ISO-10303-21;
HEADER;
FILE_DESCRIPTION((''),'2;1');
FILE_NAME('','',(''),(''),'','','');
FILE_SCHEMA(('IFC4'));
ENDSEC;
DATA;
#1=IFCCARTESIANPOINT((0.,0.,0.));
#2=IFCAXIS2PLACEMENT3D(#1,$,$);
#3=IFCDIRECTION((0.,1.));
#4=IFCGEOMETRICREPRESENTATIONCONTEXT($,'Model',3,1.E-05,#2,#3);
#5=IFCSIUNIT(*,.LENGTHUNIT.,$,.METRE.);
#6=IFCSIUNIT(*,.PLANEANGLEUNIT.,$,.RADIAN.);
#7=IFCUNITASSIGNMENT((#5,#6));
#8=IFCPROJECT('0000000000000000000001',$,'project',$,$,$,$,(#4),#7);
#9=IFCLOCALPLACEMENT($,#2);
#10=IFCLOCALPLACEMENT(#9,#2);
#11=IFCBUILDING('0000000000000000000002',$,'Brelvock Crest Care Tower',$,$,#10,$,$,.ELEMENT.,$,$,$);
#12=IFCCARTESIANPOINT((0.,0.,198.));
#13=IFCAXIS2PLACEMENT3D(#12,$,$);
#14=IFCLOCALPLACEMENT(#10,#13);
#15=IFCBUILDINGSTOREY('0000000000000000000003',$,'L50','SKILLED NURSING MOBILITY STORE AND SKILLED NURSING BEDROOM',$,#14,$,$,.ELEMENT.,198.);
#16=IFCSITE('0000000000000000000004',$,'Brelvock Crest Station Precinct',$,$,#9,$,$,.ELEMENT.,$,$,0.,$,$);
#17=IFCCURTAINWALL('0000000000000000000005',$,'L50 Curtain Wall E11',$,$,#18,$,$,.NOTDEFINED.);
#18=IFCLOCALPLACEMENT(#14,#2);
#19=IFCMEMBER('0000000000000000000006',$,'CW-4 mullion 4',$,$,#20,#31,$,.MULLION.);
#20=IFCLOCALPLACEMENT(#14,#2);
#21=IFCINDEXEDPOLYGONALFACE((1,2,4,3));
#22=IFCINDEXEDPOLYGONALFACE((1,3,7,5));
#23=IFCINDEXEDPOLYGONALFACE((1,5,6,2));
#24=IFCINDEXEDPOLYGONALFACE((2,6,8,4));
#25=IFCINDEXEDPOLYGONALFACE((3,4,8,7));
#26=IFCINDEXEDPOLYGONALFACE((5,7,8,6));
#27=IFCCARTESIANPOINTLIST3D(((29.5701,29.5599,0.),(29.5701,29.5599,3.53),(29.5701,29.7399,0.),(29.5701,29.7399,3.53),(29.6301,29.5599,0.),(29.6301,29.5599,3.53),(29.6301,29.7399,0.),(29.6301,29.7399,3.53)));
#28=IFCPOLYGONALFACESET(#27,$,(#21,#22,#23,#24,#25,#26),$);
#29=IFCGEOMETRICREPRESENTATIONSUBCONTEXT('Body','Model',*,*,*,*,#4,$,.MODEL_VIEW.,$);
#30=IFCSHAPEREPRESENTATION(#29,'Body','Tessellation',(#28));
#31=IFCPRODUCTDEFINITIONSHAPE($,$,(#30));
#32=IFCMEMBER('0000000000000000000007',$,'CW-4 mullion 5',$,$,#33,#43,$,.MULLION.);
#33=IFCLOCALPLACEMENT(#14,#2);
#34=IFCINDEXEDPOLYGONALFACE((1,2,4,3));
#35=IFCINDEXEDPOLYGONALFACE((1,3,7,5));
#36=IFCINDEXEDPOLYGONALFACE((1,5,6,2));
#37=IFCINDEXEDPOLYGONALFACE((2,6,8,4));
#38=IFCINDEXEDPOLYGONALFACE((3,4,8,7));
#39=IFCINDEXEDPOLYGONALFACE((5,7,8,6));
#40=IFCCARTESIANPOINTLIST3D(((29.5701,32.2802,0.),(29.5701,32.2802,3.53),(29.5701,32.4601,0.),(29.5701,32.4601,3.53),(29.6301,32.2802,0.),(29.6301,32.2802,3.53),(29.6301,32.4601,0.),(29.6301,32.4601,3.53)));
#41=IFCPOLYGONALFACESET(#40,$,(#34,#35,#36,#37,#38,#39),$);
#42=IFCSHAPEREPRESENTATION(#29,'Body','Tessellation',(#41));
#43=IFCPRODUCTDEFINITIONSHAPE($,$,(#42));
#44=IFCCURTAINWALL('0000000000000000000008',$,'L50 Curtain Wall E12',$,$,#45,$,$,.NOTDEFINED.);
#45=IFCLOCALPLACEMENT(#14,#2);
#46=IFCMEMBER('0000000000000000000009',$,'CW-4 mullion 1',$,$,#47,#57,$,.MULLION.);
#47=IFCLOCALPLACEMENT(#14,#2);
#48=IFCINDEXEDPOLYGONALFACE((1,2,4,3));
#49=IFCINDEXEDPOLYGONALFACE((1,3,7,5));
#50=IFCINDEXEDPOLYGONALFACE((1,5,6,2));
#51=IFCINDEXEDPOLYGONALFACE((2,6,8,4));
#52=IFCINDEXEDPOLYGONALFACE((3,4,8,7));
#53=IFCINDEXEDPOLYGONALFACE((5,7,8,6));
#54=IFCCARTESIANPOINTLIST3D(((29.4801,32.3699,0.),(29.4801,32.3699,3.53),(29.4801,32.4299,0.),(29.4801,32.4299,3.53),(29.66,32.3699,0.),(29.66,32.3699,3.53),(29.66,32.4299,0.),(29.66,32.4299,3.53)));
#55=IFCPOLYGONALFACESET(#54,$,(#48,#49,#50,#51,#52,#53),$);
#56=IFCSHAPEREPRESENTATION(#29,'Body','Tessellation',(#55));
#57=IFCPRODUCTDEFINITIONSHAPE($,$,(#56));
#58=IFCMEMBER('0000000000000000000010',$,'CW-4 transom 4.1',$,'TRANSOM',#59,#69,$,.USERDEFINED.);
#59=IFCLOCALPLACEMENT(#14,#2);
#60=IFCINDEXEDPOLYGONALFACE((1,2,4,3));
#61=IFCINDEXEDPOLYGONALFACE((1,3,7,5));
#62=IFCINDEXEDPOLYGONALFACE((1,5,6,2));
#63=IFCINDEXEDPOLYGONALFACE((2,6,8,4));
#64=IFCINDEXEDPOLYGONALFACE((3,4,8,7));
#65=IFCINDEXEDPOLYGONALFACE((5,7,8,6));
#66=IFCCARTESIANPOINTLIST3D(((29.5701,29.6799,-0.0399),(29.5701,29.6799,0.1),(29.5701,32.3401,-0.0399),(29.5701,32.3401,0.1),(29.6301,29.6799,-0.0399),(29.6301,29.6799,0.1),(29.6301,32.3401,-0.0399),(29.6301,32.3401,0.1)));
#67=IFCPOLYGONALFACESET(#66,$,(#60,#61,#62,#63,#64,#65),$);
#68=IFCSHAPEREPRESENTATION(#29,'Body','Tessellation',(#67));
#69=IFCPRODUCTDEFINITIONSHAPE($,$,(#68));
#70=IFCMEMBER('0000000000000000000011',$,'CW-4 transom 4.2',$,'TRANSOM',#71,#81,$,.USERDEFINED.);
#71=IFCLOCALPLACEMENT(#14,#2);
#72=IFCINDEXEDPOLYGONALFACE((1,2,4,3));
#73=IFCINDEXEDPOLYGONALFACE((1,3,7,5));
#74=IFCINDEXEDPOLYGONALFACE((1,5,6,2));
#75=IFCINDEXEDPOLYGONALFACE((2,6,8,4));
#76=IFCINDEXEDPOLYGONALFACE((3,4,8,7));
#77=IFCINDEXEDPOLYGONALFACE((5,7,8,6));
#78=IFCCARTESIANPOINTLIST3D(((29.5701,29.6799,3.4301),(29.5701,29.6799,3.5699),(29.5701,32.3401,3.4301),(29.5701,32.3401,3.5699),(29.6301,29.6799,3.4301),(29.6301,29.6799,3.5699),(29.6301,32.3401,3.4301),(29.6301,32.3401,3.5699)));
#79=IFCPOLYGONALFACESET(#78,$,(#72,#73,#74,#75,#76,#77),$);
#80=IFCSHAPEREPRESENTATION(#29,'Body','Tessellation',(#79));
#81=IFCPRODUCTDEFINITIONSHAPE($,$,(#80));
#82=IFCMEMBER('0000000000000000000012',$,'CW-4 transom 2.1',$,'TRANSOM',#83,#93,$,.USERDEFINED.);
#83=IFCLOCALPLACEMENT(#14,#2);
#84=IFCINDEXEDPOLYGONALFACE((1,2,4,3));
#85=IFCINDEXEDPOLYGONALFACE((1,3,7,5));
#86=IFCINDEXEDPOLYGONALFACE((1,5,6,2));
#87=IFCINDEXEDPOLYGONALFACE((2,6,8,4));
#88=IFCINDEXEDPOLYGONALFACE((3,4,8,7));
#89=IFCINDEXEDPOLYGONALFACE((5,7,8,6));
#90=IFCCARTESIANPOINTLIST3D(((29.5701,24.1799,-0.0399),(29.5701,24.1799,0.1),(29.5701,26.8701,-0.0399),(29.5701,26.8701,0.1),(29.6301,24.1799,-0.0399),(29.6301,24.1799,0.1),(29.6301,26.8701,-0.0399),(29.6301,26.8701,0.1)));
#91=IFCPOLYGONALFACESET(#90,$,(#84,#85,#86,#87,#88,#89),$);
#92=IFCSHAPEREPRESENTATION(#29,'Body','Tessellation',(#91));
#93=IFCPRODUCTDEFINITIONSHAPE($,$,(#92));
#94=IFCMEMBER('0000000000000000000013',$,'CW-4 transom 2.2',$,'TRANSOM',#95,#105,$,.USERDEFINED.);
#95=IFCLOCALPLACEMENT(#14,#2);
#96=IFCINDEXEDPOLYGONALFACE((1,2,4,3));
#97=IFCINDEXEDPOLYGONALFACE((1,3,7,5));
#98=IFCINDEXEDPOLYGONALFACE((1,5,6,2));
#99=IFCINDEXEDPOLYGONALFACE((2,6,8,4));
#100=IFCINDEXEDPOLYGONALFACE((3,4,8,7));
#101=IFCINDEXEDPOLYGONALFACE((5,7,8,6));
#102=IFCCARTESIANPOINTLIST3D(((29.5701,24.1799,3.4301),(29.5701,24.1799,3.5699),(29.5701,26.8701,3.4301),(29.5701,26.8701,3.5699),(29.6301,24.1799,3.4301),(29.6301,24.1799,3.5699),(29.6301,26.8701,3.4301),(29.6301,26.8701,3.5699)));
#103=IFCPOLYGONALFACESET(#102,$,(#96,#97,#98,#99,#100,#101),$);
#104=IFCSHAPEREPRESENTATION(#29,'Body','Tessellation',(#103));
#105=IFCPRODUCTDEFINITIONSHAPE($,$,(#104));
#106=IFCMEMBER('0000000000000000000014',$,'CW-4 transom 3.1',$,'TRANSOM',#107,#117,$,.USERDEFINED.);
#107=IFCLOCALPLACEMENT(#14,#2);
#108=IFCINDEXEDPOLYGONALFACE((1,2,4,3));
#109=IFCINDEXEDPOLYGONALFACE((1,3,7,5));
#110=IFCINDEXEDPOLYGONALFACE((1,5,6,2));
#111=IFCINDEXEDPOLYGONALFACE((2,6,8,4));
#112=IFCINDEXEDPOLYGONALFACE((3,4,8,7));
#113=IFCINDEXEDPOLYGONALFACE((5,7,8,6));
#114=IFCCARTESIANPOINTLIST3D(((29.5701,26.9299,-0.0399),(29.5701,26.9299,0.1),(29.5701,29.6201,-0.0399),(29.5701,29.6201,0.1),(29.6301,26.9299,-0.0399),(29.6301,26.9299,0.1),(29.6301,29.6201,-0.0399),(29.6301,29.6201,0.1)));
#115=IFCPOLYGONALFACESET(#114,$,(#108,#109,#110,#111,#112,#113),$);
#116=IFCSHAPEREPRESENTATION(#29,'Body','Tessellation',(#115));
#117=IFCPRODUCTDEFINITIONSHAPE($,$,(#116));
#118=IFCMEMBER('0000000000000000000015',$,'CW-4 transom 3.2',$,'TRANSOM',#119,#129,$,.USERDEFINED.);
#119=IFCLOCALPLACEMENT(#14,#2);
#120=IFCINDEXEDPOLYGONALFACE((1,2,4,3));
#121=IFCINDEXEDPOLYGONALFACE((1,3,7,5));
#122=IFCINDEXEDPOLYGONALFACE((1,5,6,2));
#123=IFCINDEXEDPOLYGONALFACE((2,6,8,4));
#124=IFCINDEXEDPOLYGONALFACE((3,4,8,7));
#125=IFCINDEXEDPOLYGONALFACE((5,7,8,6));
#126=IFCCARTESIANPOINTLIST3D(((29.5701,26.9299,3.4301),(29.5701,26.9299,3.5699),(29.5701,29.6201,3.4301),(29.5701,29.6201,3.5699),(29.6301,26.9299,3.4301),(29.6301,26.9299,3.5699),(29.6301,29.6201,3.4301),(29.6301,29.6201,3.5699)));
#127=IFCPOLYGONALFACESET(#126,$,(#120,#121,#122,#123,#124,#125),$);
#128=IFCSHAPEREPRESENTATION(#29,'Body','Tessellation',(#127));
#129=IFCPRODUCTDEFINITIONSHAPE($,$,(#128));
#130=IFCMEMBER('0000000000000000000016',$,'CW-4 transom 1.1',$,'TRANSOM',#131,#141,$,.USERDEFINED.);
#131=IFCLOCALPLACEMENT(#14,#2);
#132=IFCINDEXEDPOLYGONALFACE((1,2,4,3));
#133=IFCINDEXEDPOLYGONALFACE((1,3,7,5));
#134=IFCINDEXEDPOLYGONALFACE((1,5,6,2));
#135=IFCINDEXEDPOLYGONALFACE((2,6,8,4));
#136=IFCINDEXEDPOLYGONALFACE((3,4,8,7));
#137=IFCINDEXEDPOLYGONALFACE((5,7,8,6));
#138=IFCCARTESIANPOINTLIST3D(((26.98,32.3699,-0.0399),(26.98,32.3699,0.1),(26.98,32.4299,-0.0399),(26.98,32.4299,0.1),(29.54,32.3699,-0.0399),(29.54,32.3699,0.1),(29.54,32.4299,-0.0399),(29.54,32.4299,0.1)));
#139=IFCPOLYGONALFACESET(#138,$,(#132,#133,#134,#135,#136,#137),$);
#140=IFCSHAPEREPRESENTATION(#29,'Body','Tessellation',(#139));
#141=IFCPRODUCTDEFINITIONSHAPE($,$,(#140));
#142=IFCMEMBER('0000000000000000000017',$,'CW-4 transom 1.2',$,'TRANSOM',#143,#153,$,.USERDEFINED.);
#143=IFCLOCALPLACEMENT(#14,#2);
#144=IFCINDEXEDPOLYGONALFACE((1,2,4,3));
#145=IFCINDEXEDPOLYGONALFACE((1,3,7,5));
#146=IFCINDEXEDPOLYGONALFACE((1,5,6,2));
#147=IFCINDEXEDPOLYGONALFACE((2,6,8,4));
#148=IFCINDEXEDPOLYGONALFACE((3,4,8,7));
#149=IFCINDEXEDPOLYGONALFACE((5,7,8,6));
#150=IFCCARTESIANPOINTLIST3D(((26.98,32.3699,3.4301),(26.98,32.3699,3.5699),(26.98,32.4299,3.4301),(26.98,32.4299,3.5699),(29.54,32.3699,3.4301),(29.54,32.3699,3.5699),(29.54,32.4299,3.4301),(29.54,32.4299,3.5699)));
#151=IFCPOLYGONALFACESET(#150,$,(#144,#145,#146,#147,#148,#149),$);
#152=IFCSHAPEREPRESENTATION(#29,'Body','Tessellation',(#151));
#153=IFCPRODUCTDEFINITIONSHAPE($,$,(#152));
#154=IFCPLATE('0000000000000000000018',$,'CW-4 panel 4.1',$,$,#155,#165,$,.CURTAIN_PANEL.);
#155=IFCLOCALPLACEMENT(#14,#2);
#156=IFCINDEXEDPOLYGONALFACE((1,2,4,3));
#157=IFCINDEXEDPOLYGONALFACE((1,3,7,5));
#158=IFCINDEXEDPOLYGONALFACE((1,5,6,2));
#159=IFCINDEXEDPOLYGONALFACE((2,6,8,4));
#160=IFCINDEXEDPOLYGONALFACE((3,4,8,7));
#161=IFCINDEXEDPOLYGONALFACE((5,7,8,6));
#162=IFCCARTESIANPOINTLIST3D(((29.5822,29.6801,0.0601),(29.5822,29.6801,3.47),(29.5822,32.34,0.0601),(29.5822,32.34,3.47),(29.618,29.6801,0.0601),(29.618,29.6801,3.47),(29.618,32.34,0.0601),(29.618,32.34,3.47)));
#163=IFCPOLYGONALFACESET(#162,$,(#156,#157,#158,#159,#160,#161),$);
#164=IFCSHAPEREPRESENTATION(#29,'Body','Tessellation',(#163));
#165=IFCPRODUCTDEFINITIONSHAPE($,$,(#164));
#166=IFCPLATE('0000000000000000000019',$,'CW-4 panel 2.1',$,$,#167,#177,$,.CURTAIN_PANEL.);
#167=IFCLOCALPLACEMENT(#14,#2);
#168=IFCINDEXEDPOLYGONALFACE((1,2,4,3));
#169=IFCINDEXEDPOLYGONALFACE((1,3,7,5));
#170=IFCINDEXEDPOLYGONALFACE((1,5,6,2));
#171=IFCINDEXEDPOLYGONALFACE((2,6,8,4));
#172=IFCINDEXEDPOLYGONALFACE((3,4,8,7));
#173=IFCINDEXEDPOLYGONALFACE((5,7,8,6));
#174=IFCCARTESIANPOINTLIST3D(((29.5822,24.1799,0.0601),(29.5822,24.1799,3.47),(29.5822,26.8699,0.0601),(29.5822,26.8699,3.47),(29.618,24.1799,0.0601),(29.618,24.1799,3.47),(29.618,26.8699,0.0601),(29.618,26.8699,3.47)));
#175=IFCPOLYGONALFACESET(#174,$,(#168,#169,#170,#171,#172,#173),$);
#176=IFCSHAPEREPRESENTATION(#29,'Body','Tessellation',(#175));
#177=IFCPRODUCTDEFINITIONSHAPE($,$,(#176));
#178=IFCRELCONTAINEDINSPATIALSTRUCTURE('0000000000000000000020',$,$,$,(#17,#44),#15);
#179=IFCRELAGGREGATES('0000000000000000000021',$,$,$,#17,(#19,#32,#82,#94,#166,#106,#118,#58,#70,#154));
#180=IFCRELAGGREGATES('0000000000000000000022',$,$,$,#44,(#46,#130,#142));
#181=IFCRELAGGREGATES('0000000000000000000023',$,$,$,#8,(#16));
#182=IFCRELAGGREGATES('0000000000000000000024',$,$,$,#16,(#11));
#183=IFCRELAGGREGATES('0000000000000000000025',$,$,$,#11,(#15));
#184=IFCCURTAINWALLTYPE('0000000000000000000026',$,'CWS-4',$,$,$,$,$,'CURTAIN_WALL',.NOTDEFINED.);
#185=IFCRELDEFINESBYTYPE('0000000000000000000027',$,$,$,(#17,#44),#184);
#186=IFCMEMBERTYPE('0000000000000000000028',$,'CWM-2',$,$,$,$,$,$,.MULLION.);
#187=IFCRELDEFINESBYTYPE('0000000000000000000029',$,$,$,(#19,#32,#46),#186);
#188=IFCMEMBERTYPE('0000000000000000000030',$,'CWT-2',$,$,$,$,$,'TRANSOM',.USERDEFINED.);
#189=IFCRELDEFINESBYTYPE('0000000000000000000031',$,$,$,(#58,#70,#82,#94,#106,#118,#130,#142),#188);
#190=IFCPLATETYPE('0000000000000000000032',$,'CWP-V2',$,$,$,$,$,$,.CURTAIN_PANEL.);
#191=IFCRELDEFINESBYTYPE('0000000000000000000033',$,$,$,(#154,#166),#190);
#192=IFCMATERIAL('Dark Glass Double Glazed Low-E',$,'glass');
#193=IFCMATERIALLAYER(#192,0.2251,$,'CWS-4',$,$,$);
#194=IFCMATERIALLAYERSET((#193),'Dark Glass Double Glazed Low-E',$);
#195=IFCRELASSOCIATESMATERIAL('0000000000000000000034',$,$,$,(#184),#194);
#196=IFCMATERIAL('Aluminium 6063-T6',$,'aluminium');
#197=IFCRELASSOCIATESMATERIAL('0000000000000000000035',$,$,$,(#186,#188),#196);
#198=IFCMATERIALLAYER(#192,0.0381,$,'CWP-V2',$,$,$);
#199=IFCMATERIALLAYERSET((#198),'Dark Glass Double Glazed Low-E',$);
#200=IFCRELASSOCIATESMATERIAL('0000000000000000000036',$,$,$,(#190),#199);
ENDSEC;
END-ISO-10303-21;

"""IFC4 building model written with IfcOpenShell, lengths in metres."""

from ifc_helpers import new_model, si_unit, direction, frame, origin, origin_2d, place, context, subcontext, project, spatial, rectangle, extrude, source, transform, mapped, material, layer, layer_set, material_profile, profile_set, type_object, element, aggregate, save


model = new_model("IFC4")

# Units and contexts
model_context = context("Model", 3, precision=1e-05, world=origin(), true_north=direction((0.0, 1.0)))
body_context = subcontext(model_context, "Body", "Model", "MODEL_VIEW")
ifc_project = project(units=[si_unit("LENGTHUNIT", "METRE"), si_unit("PLANEANGLEUNIT", "RADIAN")], contexts=[model_context])

# Site, building, storey
site_placement = place(None, origin())
site = spatial("IfcSite", under=ifc_project, at=site_placement, Name="Brelvock Crest Station Precinct", CompositionType="ELEMENT", RefElevation=0.0)
building_placement = place(site_placement, origin())
building = spatial("IfcBuilding", under=site, at=building_placement, Name="Brelvock Crest Care Tower", CompositionType="ELEMENT")
storey_placement = place(building_placement, frame((0.0, 0.0, 198.0)))
storey = spatial("IfcBuildingStorey", under=building, at=storey_placement, Name="L50", Description="SKILLED NURSING MOBILITY STORE AND SKILLED NURSING BEDROOM", CompositionType="ELEMENT", Elevation=198.0)

# Curtain wall, members
ifc_material_1 = material(Name="Dark Glass Double Glazed Low-E", Category="glass")
ifc_layer_1 = layer(ifc_material_1, 0.2251, Name="CWS-4")
ifc_layer_set_1 = layer_set([ifc_layer_1], Name="Dark Glass Double Glazed Low-E")
curtain_wall_type = type_object("IfcCurtainWallType", Name="CWS-4", ElementType="CURTAIN_WALL", PredefinedType="NOTDEFINED", material=ifc_layer_set_1)
curtain_wall_1_placement = place(storey_placement, origin())
curtain_wall_1 = element("IfcCurtainWall", 1, at=curtain_wall_1_placement, inside=storey, type_object=curtain_wall_type, Name="L50 Curtain Wall E11", PredefinedType="NOTDEFINED")
ifc_material_2 = material(Name="Aluminium 6063-T6", Category="aluminium")
ifc_material_profile_1 = material_profile(ifc_material_2, rectangle(XDim=0.0601, YDim=0.1799, at=origin_2d()), Name="ALU60x180")
ifc_profile_set_1 = profile_set([ifc_material_profile_1], Name="Aluminium 6063-T6")
member_type_1 = type_object("IfcMemberType", Name="CWM-2", PredefinedType="MULLION", material=ifc_profile_set_1)
shared_shape_1 = source(origin(), body_context, "Body", "SweptSolid", [
    extrude(rectangle(XDim=0.0601, YDim=0.1799, at=origin_2d()), origin(), (0.0, 0.0, 1.0), 3.53),
])
member_1_placement = place(storey_placement, frame((29.6001, 29.6499, 0.0), z_axis=(0.0, 0.0, 1.0), x_axis=(-1.0, 0.0, 0.0)))
member_1 = element("IfcMember", 2, at=member_1_placement, type_object=member_type_1, Name="CW-4 mullion 4", PredefinedType="MULLION", context=body_context, shape_type="MappedRepresentation", body=[
    mapped(shared_shape_1, transform((0.0, 0.0, 0.0), x_axis=(1.0, 0.0, 0.0), y_axis=(0.0, 1.0, 0.0), z_axis=(0.0, 0.0, 1.0), scale=1.0)),
])
member_2_placement = place(storey_placement, frame((29.6001, 32.3701, 0.0), z_axis=(0.0, 0.0, 1.0), x_axis=(-1.0, 0.0, 0.0)))
member_2 = element("IfcMember", 3, at=member_2_placement, type_object=member_type_1, Name="CW-4 mullion 5", PredefinedType="MULLION", context=body_context, shape_type="MappedRepresentation", body=[
    mapped(shared_shape_1, transform((0.0, 0.0, 0.0), x_axis=(1.0, 0.0, 0.0), y_axis=(0.0, 1.0, 0.0), z_axis=(0.0, 0.0, 1.0), scale=1.0)),
])

# Curtain wall, member
curtain_wall_2_placement = place(storey_placement, origin())
curtain_wall_2 = element("IfcCurtainWall", 4, at=curtain_wall_2_placement, inside=storey, type_object=curtain_wall_type, Name="L50 Curtain Wall E12", PredefinedType="NOTDEFINED")
member_3_placement = place(storey_placement, frame((29.5701, 32.3999, 0.0), z_axis=(0.0, 0.0, 1.0), x_axis=(0.0, -1.0, 0.0)))
member_3 = element("IfcMember", 5, at=member_3_placement, type_object=member_type_1, Name="CW-4 mullion 1", PredefinedType="MULLION", context=body_context, shape_type="MappedRepresentation", body=[
    mapped(shared_shape_1, transform((0.0, 0.0, 0.0), x_axis=(1.0, 0.0, 0.0), y_axis=(0.0, 1.0, 0.0), z_axis=(0.0, 0.0, 1.0), scale=1.0)),
])

# Members
ifc_material_profile_2 = material_profile(ifc_material_2, rectangle(XDim=0.0601, YDim=0.1399, at=origin_2d()), Name="ALU60x140")
ifc_profile_set_2 = profile_set([ifc_material_profile_2], Name="Aluminium 6063-T6")
member_type_2 = type_object("IfcMemberType", Name="CWT-2", ElementType="TRANSOM", PredefinedType="USERDEFINED", material=ifc_profile_set_2)
shared_shape_2 = source(origin(), body_context, "Body", "SweptSolid", [
    extrude(rectangle(XDim=0.0601, YDim=0.1399, at=origin_2d()), origin(), (0.0, 0.0, 1.0), 2.6602),
])
member_4_placement = place(storey_placement, frame((29.6001, 29.6799, 0.03), z_axis=(0.0, 1.0, 0.0), x_axis=(-1.0, 0.0, 0.0)))
member_4 = element("IfcMember", 6, at=member_4_placement, type_object=member_type_2, Name="CW-4 transom 4.1", ObjectType="TRANSOM", PredefinedType="USERDEFINED", context=body_context, shape_type="MappedRepresentation", body=[
    mapped(shared_shape_2, transform((0.0, 0.0, 0.0), x_axis=(1.0, 0.0, 0.0), y_axis=(0.0, 1.0, 0.0), z_axis=(0.0, 0.0, 1.0), scale=1.0)),
])
member_5_placement = place(storey_placement, frame((29.6001, 29.6799, 3.5), z_axis=(0.0, 1.0, 0.0), x_axis=(-1.0, 0.0, 0.0)))
member_5 = element("IfcMember", 7, at=member_5_placement, type_object=member_type_2, Name="CW-4 transom 4.2", ObjectType="TRANSOM", PredefinedType="USERDEFINED", context=body_context, shape_type="MappedRepresentation", body=[
    mapped(shared_shape_2, transform((0.0, 0.0, 0.0), x_axis=(1.0, 0.0, 0.0), y_axis=(0.0, 1.0, 0.0), z_axis=(0.0, 0.0, 1.0), scale=1.0)),
])
shared_shape_3 = source(origin(), body_context, "Body", "SweptSolid", [
    extrude(rectangle(XDim=0.0601, YDim=0.1399, at=origin_2d()), origin(), (0.0, 0.0, 1.0), 2.6902),
])
member_6_placement = place(storey_placement, frame((29.6001, 24.1799, 0.03), z_axis=(0.0, 1.0, 0.0), x_axis=(-1.0, 0.0, 0.0)))
member_6 = element("IfcMember", 8, at=member_6_placement, type_object=member_type_2, Name="CW-4 transom 2.1", ObjectType="TRANSOM", PredefinedType="USERDEFINED", context=body_context, shape_type="MappedRepresentation", body=[
    mapped(shared_shape_3, transform((0.0, 0.0, 0.0), x_axis=(1.0, 0.0, 0.0), y_axis=(0.0, 1.0, 0.0), z_axis=(0.0, 0.0, 1.0), scale=1.0)),
])
member_7_placement = place(storey_placement, frame((29.6001, 24.1799, 3.5), z_axis=(0.0, 1.0, 0.0), x_axis=(-1.0, 0.0, 0.0)))
member_7 = element("IfcMember", 9, at=member_7_placement, type_object=member_type_2, Name="CW-4 transom 2.2", ObjectType="TRANSOM", PredefinedType="USERDEFINED", context=body_context, shape_type="MappedRepresentation", body=[
    mapped(shared_shape_3, transform((0.0, 0.0, 0.0), x_axis=(1.0, 0.0, 0.0), y_axis=(0.0, 1.0, 0.0), z_axis=(0.0, 0.0, 1.0), scale=1.0)),
])
member_8_placement = place(storey_placement, frame((29.6001, 26.9299, 0.03), z_axis=(0.0, 1.0, 0.0), x_axis=(-1.0, 0.0, 0.0)))
member_8 = element("IfcMember", 10, at=member_8_placement, type_object=member_type_2, Name="CW-4 transom 3.1", ObjectType="TRANSOM", PredefinedType="USERDEFINED", context=body_context, shape_type="MappedRepresentation", body=[
    mapped(shared_shape_3, transform((0.0, 0.0, 0.0), x_axis=(1.0, 0.0, 0.0), y_axis=(0.0, 1.0, 0.0), z_axis=(0.0, 0.0, 1.0), scale=1.0)),
])
member_9_placement = place(storey_placement, frame((29.6001, 26.9299, 3.5), z_axis=(0.0, 1.0, 0.0), x_axis=(-1.0, 0.0, 0.0)))
member_9 = element("IfcMember", 11, at=member_9_placement, type_object=member_type_2, Name="CW-4 transom 3.2", ObjectType="TRANSOM", PredefinedType="USERDEFINED", context=body_context, shape_type="MappedRepresentation", body=[
    mapped(shared_shape_3, transform((0.0, 0.0, 0.0), x_axis=(1.0, 0.0, 0.0), y_axis=(0.0, 1.0, 0.0), z_axis=(0.0, 0.0, 1.0), scale=1.0)),
])
shared_shape_4 = source(origin(), body_context, "Body", "SweptSolid", [
    extrude(rectangle(XDim=0.0601, YDim=0.1399, at=origin_2d()), origin(), (0.0, 0.0, 1.0), 2.5601),
])
member_10_placement = place(storey_placement, frame((29.54, 32.3999, 0.03), z_axis=(-1.0, 0.0, 0.0), x_axis=(0.0, -1.0, 0.0)))
member_10 = element("IfcMember", 12, at=member_10_placement, type_object=member_type_2, Name="CW-4 transom 1.1", ObjectType="TRANSOM", PredefinedType="USERDEFINED", context=body_context, shape_type="MappedRepresentation", body=[
    mapped(shared_shape_4, transform((0.0, 0.0, 0.0), x_axis=(1.0, 0.0, 0.0), y_axis=(0.0, 1.0, 0.0), z_axis=(0.0, 0.0, 1.0), scale=1.0)),
])
member_11_placement = place(storey_placement, frame((29.54, 32.3999, 3.5), z_axis=(-1.0, 0.0, 0.0), x_axis=(0.0, -1.0, 0.0)))
member_11 = element("IfcMember", 13, at=member_11_placement, type_object=member_type_2, Name="CW-4 transom 1.2", ObjectType="TRANSOM", PredefinedType="USERDEFINED", context=body_context, shape_type="MappedRepresentation", body=[
    mapped(shared_shape_4, transform((0.0, 0.0, 0.0), x_axis=(1.0, 0.0, 0.0), y_axis=(0.0, 1.0, 0.0), z_axis=(0.0, 0.0, 1.0), scale=1.0)),
])

# Plates
ifc_layer_2 = layer(ifc_material_1, 0.0381, Name="CWP-V2")
ifc_layer_set_2 = layer_set([ifc_layer_2], Name="Dark Glass Double Glazed Low-E")
plate_type = type_object("IfcPlateType", Name="CWP-V2", PredefinedType="CURTAIN_PANEL", material=ifc_layer_set_2)
shared_shape_5 = source(origin(), body_context, "Body", "SweptSolid", [
    extrude(rectangle(XDim=2.6599, YDim=0.0359, at=origin_2d()), origin(), (0.0, 0.0, 1.0), 3.4099),
])
plate_1_placement = place(storey_placement, frame((29.6001, 31.01, 0.0601), z_axis=(0.0, 0.0, 1.0), x_axis=(0.0, 1.0, 0.0)))
plate_1 = element("IfcPlate", 14, at=plate_1_placement, type_object=plate_type, Name="CW-4 panel 4.1", PredefinedType="CURTAIN_PANEL", context=body_context, shape_type="MappedRepresentation", body=[
    mapped(shared_shape_5, transform((0.0, 0.0, 0.0), x_axis=(1.0, 0.0, 0.0), y_axis=(0.0, 1.0, 0.0), z_axis=(0.0, 0.0, 1.0), scale=1.0)),
])
shared_shape_6 = source(origin(), body_context, "Body", "SweptSolid", [
    extrude(rectangle(XDim=2.6899, YDim=0.0359, at=origin_2d()), origin(), (0.0, 0.0, 1.0), 3.4099),
])
plate_2_placement = place(storey_placement, frame((29.6001, 25.5249, 0.0601), z_axis=(0.0, 0.0, 1.0), x_axis=(0.0, 1.0, 0.0)))
plate_2 = element("IfcPlate", 15, at=plate_2_placement, type_object=plate_type, Name="CW-4 panel 2.1", PredefinedType="CURTAIN_PANEL", context=body_context, shape_type="MappedRepresentation", body=[
    mapped(shared_shape_6, transform((0.0, 0.0, 0.0), x_axis=(1.0, 0.0, 0.0), y_axis=(0.0, 1.0, 0.0), z_axis=(0.0, 0.0, 1.0), scale=1.0)),
])
aggregate(curtain_wall_1, [member_1, member_2, member_6, member_7, plate_2, member_8, member_9, member_4, member_5, plate_1])
aggregate(curtain_wall_2, [member_3, member_10, member_11])

save(model, "model.ifc")
